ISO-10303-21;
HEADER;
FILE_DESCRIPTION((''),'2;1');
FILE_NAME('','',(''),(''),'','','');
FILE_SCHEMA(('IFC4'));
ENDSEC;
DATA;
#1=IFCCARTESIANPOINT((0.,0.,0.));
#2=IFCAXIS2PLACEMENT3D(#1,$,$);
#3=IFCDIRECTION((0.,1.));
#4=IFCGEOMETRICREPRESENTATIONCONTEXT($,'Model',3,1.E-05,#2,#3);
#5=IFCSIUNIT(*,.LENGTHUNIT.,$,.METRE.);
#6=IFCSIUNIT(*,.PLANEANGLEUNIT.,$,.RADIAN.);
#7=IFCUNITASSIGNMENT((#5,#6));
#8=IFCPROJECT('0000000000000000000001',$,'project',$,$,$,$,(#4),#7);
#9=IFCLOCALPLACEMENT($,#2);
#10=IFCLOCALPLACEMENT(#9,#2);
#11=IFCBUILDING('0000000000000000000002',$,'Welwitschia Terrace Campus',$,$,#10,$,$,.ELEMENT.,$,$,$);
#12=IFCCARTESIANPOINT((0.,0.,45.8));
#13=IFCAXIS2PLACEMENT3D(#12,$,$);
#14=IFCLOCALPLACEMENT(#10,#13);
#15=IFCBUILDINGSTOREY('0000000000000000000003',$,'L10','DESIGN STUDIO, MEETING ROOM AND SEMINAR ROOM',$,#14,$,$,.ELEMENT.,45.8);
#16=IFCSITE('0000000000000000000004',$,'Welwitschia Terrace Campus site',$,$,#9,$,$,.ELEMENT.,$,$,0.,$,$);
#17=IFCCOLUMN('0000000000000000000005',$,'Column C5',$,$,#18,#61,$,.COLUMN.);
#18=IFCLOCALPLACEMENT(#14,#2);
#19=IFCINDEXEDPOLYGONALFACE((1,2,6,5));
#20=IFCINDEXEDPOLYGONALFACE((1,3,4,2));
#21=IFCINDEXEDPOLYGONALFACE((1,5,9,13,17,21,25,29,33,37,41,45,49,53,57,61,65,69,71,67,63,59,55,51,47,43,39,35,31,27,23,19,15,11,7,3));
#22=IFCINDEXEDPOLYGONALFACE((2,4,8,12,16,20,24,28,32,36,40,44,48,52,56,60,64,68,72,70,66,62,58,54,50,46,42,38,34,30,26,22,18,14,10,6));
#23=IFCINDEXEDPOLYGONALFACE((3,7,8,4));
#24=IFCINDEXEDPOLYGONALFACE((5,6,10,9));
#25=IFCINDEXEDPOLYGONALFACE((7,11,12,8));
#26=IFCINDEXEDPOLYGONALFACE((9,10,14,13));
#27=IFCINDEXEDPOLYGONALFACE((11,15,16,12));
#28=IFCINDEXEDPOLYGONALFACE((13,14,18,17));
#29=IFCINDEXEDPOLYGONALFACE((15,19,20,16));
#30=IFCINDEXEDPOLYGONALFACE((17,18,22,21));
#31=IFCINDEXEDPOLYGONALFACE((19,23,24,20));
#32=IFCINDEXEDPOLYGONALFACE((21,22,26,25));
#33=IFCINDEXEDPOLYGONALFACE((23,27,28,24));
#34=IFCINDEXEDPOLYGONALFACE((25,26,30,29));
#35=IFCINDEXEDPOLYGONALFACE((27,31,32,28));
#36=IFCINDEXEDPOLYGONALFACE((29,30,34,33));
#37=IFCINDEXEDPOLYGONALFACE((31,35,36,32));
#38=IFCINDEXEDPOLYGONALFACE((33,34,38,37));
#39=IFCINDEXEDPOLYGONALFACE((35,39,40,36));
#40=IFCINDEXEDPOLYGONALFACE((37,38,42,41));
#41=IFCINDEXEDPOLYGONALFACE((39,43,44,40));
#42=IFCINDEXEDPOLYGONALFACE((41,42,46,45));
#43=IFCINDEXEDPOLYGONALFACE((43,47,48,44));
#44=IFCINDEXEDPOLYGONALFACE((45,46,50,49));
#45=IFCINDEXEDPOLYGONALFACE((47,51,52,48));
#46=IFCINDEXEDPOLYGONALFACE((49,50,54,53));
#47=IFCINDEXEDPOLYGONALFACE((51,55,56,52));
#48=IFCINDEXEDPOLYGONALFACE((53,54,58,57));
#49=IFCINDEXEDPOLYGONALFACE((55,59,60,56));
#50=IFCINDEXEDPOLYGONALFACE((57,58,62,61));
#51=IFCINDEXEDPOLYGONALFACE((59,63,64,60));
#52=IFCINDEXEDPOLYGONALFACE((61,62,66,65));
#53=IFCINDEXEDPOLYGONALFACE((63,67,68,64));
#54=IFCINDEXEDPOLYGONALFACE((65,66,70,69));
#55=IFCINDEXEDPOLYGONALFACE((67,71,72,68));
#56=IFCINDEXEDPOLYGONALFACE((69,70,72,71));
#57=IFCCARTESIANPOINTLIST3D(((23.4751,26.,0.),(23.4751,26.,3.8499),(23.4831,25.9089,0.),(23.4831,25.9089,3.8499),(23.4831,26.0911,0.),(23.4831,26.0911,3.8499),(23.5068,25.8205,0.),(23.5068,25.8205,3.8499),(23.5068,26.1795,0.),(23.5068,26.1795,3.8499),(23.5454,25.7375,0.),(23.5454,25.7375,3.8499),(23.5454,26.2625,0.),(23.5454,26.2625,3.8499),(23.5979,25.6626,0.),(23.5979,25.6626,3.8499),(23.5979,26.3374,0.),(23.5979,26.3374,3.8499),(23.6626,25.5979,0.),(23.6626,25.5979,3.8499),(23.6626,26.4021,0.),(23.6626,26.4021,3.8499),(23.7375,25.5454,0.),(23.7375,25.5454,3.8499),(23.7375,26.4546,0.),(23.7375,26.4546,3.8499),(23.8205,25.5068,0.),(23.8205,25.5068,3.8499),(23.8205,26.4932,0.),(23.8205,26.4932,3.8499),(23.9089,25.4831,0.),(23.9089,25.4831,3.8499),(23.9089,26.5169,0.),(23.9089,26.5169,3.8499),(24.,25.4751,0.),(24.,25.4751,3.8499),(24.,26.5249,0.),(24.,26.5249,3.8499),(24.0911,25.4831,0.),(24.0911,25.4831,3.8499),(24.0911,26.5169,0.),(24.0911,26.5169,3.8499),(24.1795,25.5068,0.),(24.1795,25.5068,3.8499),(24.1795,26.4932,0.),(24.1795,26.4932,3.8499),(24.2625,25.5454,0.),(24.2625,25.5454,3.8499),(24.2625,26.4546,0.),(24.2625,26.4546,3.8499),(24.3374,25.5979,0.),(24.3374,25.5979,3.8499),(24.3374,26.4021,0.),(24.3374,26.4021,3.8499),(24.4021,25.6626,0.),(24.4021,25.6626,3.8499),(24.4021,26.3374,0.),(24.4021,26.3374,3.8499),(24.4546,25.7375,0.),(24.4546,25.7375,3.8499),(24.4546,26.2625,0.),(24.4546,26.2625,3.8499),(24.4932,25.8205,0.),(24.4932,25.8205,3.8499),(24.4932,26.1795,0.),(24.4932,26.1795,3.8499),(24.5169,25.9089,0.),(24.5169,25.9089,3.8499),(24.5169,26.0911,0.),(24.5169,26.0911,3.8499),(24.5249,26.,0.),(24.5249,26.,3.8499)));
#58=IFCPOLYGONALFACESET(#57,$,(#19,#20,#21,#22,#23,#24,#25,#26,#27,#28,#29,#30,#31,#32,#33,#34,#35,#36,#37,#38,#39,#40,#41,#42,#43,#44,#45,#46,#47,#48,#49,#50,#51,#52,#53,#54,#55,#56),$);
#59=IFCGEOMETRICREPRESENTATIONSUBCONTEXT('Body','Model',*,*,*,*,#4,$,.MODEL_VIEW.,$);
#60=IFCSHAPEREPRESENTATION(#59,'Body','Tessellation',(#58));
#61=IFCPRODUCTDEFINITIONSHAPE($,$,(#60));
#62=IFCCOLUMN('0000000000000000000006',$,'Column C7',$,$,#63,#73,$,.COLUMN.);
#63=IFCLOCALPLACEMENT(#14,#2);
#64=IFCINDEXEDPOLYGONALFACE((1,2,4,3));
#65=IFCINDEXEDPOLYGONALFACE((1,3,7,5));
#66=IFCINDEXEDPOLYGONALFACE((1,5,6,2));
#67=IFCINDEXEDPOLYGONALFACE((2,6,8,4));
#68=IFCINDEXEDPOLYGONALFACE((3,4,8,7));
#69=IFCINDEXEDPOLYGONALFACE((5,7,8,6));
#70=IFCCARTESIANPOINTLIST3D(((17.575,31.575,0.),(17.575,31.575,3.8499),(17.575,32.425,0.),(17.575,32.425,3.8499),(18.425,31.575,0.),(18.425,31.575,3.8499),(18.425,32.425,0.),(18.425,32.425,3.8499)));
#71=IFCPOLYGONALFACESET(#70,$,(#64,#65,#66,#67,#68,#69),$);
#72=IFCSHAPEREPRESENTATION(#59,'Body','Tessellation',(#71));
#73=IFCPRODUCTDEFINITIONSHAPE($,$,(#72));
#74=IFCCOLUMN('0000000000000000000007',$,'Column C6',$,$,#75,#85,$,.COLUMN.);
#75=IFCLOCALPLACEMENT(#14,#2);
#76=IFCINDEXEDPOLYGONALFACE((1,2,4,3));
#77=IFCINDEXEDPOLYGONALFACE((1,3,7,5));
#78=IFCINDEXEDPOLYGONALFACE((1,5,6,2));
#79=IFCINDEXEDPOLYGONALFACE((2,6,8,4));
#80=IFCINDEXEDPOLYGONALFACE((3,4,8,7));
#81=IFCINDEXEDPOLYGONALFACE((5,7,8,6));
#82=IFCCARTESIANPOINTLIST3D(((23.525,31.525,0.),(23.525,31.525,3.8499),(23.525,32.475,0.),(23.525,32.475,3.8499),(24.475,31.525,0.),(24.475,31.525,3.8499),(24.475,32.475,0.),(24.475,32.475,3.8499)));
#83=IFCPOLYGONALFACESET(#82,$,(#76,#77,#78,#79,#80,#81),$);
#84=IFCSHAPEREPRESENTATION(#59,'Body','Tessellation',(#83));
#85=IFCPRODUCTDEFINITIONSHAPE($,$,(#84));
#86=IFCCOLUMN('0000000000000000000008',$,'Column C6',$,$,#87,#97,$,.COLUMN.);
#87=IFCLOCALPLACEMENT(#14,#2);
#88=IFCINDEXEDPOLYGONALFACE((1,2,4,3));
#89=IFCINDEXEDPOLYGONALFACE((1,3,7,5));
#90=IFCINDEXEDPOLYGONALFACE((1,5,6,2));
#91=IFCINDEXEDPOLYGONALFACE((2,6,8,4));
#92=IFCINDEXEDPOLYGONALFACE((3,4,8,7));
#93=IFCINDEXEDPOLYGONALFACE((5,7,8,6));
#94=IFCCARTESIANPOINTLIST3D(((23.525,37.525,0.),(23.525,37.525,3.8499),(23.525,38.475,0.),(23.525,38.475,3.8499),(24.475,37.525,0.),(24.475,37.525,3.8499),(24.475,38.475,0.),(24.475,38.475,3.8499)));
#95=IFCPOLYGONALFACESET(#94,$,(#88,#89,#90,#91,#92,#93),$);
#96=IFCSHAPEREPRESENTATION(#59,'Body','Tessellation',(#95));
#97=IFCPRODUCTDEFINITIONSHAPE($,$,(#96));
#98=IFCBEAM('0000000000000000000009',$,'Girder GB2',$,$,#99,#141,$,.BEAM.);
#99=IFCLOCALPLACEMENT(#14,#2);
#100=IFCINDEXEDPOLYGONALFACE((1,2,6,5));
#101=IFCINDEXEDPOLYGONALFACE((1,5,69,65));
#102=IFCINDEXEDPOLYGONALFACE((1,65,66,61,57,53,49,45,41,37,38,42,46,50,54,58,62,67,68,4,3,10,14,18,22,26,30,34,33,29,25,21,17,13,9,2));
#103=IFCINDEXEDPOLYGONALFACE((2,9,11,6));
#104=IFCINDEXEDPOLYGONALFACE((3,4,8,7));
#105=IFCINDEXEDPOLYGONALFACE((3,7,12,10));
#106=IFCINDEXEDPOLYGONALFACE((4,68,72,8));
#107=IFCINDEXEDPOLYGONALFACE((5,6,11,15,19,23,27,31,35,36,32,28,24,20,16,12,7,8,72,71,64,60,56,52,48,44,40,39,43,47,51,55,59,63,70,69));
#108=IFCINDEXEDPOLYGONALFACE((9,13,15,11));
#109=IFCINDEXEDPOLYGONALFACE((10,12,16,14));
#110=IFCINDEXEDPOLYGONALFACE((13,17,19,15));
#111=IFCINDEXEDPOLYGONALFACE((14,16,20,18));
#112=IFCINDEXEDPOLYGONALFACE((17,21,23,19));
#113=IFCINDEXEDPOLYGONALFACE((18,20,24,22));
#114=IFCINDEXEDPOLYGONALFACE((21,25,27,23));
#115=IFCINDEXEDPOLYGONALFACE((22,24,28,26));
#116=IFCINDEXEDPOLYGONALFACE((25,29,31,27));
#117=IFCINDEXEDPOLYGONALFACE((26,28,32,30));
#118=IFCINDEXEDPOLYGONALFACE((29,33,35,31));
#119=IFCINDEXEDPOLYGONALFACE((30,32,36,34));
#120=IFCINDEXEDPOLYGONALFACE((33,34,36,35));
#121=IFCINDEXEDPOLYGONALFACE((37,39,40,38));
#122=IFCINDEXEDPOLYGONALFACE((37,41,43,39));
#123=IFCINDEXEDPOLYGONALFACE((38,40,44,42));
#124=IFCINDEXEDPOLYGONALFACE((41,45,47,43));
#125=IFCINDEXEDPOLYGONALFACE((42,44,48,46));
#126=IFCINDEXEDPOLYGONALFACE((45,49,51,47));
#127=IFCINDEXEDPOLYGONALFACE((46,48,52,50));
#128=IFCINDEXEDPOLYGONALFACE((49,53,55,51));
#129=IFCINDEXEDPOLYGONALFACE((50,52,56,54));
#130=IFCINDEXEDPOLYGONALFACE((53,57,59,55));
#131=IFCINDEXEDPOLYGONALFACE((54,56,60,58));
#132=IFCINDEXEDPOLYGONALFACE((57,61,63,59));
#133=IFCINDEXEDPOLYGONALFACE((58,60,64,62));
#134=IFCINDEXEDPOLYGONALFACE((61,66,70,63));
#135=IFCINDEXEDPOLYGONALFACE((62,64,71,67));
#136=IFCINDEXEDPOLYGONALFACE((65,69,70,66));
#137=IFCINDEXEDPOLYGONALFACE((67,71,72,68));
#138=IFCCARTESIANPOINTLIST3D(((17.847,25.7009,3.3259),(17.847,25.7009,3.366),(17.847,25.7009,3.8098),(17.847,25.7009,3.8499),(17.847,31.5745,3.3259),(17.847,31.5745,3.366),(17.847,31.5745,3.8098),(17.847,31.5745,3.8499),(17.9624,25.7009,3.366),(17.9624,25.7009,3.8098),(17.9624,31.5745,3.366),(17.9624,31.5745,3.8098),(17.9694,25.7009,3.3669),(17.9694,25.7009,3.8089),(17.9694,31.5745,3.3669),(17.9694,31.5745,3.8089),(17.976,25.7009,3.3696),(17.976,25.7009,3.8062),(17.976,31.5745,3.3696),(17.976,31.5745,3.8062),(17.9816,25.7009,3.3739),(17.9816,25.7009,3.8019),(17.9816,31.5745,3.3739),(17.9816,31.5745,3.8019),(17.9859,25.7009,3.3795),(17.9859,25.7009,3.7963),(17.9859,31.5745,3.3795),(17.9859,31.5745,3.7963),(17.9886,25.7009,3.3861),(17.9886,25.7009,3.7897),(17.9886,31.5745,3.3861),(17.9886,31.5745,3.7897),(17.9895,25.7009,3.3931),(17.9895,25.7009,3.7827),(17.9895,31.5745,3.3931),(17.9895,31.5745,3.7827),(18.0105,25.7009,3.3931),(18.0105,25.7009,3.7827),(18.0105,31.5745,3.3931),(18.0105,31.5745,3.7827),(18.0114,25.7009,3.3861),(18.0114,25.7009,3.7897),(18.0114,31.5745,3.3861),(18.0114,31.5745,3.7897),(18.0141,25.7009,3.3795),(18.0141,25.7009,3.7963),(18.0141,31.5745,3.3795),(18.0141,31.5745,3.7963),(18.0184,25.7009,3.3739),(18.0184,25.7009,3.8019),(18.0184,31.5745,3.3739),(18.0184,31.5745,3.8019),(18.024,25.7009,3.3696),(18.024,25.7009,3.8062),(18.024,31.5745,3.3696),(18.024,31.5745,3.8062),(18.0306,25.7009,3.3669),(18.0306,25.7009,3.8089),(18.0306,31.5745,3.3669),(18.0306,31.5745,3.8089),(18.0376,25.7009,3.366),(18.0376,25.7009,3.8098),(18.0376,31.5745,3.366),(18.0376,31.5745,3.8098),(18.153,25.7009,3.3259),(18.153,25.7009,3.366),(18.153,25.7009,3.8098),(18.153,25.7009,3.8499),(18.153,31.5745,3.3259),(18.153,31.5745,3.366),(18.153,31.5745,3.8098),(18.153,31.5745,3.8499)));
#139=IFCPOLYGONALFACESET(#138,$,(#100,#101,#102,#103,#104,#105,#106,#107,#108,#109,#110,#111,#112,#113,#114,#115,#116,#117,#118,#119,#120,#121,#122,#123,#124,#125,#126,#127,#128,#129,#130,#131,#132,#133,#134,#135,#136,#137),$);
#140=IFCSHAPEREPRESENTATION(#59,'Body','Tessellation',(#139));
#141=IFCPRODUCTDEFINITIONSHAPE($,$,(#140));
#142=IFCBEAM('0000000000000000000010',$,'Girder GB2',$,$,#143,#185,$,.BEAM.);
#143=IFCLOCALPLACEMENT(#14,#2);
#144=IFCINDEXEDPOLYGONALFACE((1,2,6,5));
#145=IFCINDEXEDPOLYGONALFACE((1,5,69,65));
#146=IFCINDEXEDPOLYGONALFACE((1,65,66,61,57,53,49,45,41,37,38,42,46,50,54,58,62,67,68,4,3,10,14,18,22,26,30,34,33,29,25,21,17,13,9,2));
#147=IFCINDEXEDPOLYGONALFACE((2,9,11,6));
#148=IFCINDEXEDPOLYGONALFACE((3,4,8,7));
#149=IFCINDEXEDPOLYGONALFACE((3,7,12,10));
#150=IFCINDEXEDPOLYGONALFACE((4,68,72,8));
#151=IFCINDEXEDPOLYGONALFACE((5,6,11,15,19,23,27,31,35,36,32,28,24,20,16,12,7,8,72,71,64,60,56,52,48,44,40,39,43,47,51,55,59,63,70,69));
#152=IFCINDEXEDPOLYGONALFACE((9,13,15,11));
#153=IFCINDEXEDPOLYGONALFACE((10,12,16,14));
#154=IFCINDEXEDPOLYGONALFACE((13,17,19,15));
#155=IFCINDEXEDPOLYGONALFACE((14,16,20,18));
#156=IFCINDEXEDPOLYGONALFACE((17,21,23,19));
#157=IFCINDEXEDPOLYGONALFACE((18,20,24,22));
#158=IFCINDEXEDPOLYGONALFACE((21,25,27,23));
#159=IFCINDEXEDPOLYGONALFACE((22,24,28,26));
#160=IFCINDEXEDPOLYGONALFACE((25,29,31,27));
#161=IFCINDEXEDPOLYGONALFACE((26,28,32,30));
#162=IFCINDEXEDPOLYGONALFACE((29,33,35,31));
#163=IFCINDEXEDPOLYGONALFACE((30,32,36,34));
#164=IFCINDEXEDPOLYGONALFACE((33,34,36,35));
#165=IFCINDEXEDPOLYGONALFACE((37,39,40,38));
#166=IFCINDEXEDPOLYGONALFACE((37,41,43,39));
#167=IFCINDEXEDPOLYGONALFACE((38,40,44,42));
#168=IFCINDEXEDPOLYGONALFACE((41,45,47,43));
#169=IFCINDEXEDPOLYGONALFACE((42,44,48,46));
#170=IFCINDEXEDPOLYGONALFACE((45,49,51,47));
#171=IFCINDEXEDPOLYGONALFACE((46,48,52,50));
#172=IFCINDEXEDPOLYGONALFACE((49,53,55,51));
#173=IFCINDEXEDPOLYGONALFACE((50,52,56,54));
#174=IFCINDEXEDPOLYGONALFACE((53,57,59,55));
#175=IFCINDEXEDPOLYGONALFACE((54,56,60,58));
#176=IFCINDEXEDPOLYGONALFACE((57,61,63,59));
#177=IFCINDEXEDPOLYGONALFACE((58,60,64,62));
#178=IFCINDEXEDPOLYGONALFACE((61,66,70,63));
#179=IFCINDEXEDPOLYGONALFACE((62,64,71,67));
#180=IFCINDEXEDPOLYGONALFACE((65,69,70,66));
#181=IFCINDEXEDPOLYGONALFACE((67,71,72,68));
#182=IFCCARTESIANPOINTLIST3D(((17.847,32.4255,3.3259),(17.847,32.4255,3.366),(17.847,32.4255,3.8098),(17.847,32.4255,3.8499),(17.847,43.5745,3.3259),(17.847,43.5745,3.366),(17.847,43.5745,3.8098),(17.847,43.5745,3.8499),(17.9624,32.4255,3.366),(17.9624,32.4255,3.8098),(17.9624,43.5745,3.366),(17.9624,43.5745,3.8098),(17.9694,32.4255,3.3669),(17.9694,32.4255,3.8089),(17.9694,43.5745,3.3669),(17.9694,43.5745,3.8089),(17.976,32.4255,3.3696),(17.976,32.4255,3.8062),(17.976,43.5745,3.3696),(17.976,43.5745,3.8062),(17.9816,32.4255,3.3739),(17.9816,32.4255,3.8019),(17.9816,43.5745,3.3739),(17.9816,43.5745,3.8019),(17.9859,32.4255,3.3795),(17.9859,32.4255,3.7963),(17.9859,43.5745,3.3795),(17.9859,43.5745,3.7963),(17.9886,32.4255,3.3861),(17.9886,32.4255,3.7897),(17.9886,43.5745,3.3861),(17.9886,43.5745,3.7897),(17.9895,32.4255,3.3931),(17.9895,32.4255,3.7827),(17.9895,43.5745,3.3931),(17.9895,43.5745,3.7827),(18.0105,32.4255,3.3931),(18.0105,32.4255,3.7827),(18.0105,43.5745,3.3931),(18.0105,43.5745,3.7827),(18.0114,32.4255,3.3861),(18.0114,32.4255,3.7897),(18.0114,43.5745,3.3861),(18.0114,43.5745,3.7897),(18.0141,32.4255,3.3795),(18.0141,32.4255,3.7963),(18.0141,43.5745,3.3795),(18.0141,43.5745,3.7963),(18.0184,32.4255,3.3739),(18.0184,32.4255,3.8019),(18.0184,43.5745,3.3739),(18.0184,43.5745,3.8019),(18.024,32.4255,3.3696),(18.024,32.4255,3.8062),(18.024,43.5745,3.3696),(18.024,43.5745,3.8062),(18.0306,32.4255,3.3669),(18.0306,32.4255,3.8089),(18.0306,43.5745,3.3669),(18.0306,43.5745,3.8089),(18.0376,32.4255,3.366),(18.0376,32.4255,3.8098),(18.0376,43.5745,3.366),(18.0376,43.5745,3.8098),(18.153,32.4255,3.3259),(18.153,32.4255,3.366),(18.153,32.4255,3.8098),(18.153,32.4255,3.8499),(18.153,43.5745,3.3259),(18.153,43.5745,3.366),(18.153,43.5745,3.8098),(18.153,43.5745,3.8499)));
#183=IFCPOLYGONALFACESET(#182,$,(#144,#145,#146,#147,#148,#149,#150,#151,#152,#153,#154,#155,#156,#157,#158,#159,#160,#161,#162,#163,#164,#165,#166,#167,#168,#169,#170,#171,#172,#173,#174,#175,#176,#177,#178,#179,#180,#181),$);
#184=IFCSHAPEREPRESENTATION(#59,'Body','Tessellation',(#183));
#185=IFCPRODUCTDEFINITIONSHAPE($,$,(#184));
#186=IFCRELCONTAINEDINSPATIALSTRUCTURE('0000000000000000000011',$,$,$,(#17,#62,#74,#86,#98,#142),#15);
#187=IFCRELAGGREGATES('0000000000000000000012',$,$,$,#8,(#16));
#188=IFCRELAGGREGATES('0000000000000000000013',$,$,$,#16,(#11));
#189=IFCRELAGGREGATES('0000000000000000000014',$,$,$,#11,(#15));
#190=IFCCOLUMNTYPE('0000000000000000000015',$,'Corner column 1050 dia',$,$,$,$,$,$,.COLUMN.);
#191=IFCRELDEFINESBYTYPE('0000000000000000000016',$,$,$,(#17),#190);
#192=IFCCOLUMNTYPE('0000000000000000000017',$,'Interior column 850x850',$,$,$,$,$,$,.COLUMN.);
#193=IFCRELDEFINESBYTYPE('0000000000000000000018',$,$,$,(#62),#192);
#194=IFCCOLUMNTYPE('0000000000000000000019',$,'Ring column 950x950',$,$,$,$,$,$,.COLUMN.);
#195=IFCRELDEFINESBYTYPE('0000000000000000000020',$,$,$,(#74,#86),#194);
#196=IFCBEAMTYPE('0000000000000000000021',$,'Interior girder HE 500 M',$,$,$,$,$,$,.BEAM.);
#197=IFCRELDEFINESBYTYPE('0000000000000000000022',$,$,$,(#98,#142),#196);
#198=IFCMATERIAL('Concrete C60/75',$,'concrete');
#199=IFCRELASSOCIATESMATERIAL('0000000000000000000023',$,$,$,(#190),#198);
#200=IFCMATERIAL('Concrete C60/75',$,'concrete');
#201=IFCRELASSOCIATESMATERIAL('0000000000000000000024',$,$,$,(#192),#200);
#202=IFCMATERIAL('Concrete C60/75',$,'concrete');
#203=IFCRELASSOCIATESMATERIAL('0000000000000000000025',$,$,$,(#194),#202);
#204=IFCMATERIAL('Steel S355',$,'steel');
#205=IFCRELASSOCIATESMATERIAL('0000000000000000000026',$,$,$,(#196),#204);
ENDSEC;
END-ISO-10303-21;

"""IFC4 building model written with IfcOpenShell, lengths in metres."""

from ifc_helpers import new_model, si_unit, direction, frame, origin, origin_2d, place, context, subcontext, project, spatial, rectangle, circle, i_section, extrude, material, material_profile, profile_set, type_object, element, save


model = new_model("IFC4")

# Units and contexts
model_context = context("Model", 3, precision=1e-05, world=origin(), true_north=direction((0.0, 1.0)))
body_context = subcontext(model_context, "Body", "Model", "MODEL_VIEW")
ifc_project = project(units=[si_unit("LENGTHUNIT", "METRE"), si_unit("PLANEANGLEUNIT", "RADIAN")], contexts=[model_context])

# Site, building, storey
site_placement = place(None, origin())
site = spatial("IfcSite", under=ifc_project, at=site_placement, Name="Welwitschia Terrace Campus site", CompositionType="ELEMENT", RefElevation=0.0)
building_placement = place(site_placement, origin())
building = spatial("IfcBuilding", under=site, at=building_placement, Name="Welwitschia Terrace Campus", CompositionType="ELEMENT")
storey_placement = place(building_placement, frame((0.0, 0.0, 45.8)))
storey = spatial("IfcBuildingStorey", under=building, at=storey_placement, Name="L10", Description="DESIGN STUDIO, MEETING ROOM AND SEMINAR ROOM", CompositionType="ELEMENT", Elevation=45.8)

# Columns
ifc_material_1 = material(Name="Concrete C60/75", Category="concrete")
ifc_material_profile_1 = material_profile(ifc_material_1, circle(Radius=0.5249, at=origin_2d()))
ifc_profile_set_1 = profile_set([ifc_material_profile_1], Name="Concrete C60/75")
column_type_1 = type_object("IfcColumnType", Name="Corner column 1050 dia", PredefinedType="COLUMN", material=ifc_profile_set_1)
column_1_placement = place(storey_placement, frame((24.0, 26.0, 0.0), z_axis=(0.0, 0.0, 1.0), x_axis=(1.0, 0.0, 0.0)))
element("IfcColumn", 1, at=column_1_placement, inside=storey, type_object=column_type_1, Name="Column C5", PredefinedType="COLUMN", context=body_context, shape_type="SweptSolid", body=[
    extrude(circle(Radius=0.5249, at=origin_2d()), origin(), (0.0, 0.0, 1.0), 3.8499),
])
ifc_material_2 = material(Name="Concrete C60/75", Category="concrete")
ifc_material_profile_2 = material_profile(ifc_material_2, rectangle(XDim=0.8501, YDim=0.8501, at=origin_2d()))
ifc_profile_set_2 = profile_set([ifc_material_profile_2], Name="Concrete C60/75")
column_type_2 = type_object("IfcColumnType", Name="Interior column 850x850", PredefinedType="COLUMN", material=ifc_profile_set_2)
column_2_placement = place(storey_placement, frame((18.0, 32.0, 0.0), z_axis=(0.0, 0.0, 1.0), x_axis=(1.0, 0.0, 0.0)))
element("IfcColumn", 2, at=column_2_placement, inside=storey, type_object=column_type_2, Name="Column C7", PredefinedType="COLUMN", context=body_context, shape_type="SweptSolid", body=[
    extrude(rectangle(XDim=0.8501, YDim=0.8501, at=origin_2d()), origin(), (0.0, 0.0, 1.0), 3.8499),
])
ifc_material_3 = material(Name="Concrete C60/75", Category="concrete")
ifc_material_profile_3 = material_profile(ifc_material_3, rectangle(XDim=0.95, YDim=0.95, at=origin_2d()))
ifc_profile_set_3 = profile_set([ifc_material_profile_3], Name="Concrete C60/75")
column_type_3 = type_object("IfcColumnType", Name="Ring column 950x950", PredefinedType="COLUMN", material=ifc_profile_set_3)
for number, where, z_axis, x_axis, name in (
    (3, (24.0, 32.0, 0.0), (0.0, 0.0, 1.0), (1.0, 0.0, 0.0), "Column C6"),
    (4, (24.0, 38.0, 0.0), (0.0, 0.0, 1.0), (1.0, 0.0, 0.0), "Column C6"),
):
    element("IfcColumn", number, at=place(storey_placement, frame(where, z_axis=z_axis, x_axis=x_axis)), inside=storey, type_object=column_type_3, Name=name, PredefinedType="COLUMN", context=body_context, shape_type="SweptSolid", body=[
        extrude(rectangle(XDim=0.95, YDim=0.95, at=origin_2d()), origin(), (0.0, 0.0, 1.0), 3.8499),
    ])

# Beams
ifc_material_4 = material(Name="Steel S355", Category="steel")
ifc_material_profile_4 = material_profile(ifc_material_4, i_section(OverallWidth=0.3059, OverallDepth=0.5239, WebThickness=0.021, FlangeThickness=0.04, FilletRadius=0.0271, at=origin_2d()))
ifc_profile_set_4 = profile_set([ifc_material_profile_4], Name="Steel S355")
beam_type_1 = type_object("IfcBeamType", Name="Interior girder HE 500 M", PredefinedType="BEAM", material=ifc_profile_set_4)
beam_1_placement = place(storey_placement, frame((18.0, 25.7009, 3.5879), z_axis=(0.0, 1.0, 0.0), x_axis=(-1.0, 0.0, 0.0)))
element("IfcBeam", 5, at=beam_1_placement, inside=storey, type_object=beam_type_1, Name="Girder GB2", PredefinedType="BEAM", context=body_context, shape_type="SweptSolid", body=[
    extrude(i_section(OverallWidth=0.3059, OverallDepth=0.5239, WebThickness=0.021, FlangeThickness=0.04, FilletRadius=0.0271, at=origin_2d()), origin(), (0.0, 0.0, 1.0), 5.8735),
])
beam_2_placement = place(storey_placement, frame((18.0, 32.4255, 3.5879), z_axis=(0.0, 1.0, 0.0), x_axis=(-1.0, 0.0, 0.0)))
element("IfcBeam", 6, at=beam_2_placement, inside=storey, type_object=beam_type_1, Name="Girder GB2", PredefinedType="BEAM", context=body_context, shape_type="SweptSolid", body=[
    extrude(i_section(OverallWidth=0.3059, OverallDepth=0.5239, WebThickness=0.021, FlangeThickness=0.04, FilletRadius=0.0271, at=origin_2d()), origin(), (0.0, 0.0, 1.0), 11.1489),
])

save(model, "model.ifc")
